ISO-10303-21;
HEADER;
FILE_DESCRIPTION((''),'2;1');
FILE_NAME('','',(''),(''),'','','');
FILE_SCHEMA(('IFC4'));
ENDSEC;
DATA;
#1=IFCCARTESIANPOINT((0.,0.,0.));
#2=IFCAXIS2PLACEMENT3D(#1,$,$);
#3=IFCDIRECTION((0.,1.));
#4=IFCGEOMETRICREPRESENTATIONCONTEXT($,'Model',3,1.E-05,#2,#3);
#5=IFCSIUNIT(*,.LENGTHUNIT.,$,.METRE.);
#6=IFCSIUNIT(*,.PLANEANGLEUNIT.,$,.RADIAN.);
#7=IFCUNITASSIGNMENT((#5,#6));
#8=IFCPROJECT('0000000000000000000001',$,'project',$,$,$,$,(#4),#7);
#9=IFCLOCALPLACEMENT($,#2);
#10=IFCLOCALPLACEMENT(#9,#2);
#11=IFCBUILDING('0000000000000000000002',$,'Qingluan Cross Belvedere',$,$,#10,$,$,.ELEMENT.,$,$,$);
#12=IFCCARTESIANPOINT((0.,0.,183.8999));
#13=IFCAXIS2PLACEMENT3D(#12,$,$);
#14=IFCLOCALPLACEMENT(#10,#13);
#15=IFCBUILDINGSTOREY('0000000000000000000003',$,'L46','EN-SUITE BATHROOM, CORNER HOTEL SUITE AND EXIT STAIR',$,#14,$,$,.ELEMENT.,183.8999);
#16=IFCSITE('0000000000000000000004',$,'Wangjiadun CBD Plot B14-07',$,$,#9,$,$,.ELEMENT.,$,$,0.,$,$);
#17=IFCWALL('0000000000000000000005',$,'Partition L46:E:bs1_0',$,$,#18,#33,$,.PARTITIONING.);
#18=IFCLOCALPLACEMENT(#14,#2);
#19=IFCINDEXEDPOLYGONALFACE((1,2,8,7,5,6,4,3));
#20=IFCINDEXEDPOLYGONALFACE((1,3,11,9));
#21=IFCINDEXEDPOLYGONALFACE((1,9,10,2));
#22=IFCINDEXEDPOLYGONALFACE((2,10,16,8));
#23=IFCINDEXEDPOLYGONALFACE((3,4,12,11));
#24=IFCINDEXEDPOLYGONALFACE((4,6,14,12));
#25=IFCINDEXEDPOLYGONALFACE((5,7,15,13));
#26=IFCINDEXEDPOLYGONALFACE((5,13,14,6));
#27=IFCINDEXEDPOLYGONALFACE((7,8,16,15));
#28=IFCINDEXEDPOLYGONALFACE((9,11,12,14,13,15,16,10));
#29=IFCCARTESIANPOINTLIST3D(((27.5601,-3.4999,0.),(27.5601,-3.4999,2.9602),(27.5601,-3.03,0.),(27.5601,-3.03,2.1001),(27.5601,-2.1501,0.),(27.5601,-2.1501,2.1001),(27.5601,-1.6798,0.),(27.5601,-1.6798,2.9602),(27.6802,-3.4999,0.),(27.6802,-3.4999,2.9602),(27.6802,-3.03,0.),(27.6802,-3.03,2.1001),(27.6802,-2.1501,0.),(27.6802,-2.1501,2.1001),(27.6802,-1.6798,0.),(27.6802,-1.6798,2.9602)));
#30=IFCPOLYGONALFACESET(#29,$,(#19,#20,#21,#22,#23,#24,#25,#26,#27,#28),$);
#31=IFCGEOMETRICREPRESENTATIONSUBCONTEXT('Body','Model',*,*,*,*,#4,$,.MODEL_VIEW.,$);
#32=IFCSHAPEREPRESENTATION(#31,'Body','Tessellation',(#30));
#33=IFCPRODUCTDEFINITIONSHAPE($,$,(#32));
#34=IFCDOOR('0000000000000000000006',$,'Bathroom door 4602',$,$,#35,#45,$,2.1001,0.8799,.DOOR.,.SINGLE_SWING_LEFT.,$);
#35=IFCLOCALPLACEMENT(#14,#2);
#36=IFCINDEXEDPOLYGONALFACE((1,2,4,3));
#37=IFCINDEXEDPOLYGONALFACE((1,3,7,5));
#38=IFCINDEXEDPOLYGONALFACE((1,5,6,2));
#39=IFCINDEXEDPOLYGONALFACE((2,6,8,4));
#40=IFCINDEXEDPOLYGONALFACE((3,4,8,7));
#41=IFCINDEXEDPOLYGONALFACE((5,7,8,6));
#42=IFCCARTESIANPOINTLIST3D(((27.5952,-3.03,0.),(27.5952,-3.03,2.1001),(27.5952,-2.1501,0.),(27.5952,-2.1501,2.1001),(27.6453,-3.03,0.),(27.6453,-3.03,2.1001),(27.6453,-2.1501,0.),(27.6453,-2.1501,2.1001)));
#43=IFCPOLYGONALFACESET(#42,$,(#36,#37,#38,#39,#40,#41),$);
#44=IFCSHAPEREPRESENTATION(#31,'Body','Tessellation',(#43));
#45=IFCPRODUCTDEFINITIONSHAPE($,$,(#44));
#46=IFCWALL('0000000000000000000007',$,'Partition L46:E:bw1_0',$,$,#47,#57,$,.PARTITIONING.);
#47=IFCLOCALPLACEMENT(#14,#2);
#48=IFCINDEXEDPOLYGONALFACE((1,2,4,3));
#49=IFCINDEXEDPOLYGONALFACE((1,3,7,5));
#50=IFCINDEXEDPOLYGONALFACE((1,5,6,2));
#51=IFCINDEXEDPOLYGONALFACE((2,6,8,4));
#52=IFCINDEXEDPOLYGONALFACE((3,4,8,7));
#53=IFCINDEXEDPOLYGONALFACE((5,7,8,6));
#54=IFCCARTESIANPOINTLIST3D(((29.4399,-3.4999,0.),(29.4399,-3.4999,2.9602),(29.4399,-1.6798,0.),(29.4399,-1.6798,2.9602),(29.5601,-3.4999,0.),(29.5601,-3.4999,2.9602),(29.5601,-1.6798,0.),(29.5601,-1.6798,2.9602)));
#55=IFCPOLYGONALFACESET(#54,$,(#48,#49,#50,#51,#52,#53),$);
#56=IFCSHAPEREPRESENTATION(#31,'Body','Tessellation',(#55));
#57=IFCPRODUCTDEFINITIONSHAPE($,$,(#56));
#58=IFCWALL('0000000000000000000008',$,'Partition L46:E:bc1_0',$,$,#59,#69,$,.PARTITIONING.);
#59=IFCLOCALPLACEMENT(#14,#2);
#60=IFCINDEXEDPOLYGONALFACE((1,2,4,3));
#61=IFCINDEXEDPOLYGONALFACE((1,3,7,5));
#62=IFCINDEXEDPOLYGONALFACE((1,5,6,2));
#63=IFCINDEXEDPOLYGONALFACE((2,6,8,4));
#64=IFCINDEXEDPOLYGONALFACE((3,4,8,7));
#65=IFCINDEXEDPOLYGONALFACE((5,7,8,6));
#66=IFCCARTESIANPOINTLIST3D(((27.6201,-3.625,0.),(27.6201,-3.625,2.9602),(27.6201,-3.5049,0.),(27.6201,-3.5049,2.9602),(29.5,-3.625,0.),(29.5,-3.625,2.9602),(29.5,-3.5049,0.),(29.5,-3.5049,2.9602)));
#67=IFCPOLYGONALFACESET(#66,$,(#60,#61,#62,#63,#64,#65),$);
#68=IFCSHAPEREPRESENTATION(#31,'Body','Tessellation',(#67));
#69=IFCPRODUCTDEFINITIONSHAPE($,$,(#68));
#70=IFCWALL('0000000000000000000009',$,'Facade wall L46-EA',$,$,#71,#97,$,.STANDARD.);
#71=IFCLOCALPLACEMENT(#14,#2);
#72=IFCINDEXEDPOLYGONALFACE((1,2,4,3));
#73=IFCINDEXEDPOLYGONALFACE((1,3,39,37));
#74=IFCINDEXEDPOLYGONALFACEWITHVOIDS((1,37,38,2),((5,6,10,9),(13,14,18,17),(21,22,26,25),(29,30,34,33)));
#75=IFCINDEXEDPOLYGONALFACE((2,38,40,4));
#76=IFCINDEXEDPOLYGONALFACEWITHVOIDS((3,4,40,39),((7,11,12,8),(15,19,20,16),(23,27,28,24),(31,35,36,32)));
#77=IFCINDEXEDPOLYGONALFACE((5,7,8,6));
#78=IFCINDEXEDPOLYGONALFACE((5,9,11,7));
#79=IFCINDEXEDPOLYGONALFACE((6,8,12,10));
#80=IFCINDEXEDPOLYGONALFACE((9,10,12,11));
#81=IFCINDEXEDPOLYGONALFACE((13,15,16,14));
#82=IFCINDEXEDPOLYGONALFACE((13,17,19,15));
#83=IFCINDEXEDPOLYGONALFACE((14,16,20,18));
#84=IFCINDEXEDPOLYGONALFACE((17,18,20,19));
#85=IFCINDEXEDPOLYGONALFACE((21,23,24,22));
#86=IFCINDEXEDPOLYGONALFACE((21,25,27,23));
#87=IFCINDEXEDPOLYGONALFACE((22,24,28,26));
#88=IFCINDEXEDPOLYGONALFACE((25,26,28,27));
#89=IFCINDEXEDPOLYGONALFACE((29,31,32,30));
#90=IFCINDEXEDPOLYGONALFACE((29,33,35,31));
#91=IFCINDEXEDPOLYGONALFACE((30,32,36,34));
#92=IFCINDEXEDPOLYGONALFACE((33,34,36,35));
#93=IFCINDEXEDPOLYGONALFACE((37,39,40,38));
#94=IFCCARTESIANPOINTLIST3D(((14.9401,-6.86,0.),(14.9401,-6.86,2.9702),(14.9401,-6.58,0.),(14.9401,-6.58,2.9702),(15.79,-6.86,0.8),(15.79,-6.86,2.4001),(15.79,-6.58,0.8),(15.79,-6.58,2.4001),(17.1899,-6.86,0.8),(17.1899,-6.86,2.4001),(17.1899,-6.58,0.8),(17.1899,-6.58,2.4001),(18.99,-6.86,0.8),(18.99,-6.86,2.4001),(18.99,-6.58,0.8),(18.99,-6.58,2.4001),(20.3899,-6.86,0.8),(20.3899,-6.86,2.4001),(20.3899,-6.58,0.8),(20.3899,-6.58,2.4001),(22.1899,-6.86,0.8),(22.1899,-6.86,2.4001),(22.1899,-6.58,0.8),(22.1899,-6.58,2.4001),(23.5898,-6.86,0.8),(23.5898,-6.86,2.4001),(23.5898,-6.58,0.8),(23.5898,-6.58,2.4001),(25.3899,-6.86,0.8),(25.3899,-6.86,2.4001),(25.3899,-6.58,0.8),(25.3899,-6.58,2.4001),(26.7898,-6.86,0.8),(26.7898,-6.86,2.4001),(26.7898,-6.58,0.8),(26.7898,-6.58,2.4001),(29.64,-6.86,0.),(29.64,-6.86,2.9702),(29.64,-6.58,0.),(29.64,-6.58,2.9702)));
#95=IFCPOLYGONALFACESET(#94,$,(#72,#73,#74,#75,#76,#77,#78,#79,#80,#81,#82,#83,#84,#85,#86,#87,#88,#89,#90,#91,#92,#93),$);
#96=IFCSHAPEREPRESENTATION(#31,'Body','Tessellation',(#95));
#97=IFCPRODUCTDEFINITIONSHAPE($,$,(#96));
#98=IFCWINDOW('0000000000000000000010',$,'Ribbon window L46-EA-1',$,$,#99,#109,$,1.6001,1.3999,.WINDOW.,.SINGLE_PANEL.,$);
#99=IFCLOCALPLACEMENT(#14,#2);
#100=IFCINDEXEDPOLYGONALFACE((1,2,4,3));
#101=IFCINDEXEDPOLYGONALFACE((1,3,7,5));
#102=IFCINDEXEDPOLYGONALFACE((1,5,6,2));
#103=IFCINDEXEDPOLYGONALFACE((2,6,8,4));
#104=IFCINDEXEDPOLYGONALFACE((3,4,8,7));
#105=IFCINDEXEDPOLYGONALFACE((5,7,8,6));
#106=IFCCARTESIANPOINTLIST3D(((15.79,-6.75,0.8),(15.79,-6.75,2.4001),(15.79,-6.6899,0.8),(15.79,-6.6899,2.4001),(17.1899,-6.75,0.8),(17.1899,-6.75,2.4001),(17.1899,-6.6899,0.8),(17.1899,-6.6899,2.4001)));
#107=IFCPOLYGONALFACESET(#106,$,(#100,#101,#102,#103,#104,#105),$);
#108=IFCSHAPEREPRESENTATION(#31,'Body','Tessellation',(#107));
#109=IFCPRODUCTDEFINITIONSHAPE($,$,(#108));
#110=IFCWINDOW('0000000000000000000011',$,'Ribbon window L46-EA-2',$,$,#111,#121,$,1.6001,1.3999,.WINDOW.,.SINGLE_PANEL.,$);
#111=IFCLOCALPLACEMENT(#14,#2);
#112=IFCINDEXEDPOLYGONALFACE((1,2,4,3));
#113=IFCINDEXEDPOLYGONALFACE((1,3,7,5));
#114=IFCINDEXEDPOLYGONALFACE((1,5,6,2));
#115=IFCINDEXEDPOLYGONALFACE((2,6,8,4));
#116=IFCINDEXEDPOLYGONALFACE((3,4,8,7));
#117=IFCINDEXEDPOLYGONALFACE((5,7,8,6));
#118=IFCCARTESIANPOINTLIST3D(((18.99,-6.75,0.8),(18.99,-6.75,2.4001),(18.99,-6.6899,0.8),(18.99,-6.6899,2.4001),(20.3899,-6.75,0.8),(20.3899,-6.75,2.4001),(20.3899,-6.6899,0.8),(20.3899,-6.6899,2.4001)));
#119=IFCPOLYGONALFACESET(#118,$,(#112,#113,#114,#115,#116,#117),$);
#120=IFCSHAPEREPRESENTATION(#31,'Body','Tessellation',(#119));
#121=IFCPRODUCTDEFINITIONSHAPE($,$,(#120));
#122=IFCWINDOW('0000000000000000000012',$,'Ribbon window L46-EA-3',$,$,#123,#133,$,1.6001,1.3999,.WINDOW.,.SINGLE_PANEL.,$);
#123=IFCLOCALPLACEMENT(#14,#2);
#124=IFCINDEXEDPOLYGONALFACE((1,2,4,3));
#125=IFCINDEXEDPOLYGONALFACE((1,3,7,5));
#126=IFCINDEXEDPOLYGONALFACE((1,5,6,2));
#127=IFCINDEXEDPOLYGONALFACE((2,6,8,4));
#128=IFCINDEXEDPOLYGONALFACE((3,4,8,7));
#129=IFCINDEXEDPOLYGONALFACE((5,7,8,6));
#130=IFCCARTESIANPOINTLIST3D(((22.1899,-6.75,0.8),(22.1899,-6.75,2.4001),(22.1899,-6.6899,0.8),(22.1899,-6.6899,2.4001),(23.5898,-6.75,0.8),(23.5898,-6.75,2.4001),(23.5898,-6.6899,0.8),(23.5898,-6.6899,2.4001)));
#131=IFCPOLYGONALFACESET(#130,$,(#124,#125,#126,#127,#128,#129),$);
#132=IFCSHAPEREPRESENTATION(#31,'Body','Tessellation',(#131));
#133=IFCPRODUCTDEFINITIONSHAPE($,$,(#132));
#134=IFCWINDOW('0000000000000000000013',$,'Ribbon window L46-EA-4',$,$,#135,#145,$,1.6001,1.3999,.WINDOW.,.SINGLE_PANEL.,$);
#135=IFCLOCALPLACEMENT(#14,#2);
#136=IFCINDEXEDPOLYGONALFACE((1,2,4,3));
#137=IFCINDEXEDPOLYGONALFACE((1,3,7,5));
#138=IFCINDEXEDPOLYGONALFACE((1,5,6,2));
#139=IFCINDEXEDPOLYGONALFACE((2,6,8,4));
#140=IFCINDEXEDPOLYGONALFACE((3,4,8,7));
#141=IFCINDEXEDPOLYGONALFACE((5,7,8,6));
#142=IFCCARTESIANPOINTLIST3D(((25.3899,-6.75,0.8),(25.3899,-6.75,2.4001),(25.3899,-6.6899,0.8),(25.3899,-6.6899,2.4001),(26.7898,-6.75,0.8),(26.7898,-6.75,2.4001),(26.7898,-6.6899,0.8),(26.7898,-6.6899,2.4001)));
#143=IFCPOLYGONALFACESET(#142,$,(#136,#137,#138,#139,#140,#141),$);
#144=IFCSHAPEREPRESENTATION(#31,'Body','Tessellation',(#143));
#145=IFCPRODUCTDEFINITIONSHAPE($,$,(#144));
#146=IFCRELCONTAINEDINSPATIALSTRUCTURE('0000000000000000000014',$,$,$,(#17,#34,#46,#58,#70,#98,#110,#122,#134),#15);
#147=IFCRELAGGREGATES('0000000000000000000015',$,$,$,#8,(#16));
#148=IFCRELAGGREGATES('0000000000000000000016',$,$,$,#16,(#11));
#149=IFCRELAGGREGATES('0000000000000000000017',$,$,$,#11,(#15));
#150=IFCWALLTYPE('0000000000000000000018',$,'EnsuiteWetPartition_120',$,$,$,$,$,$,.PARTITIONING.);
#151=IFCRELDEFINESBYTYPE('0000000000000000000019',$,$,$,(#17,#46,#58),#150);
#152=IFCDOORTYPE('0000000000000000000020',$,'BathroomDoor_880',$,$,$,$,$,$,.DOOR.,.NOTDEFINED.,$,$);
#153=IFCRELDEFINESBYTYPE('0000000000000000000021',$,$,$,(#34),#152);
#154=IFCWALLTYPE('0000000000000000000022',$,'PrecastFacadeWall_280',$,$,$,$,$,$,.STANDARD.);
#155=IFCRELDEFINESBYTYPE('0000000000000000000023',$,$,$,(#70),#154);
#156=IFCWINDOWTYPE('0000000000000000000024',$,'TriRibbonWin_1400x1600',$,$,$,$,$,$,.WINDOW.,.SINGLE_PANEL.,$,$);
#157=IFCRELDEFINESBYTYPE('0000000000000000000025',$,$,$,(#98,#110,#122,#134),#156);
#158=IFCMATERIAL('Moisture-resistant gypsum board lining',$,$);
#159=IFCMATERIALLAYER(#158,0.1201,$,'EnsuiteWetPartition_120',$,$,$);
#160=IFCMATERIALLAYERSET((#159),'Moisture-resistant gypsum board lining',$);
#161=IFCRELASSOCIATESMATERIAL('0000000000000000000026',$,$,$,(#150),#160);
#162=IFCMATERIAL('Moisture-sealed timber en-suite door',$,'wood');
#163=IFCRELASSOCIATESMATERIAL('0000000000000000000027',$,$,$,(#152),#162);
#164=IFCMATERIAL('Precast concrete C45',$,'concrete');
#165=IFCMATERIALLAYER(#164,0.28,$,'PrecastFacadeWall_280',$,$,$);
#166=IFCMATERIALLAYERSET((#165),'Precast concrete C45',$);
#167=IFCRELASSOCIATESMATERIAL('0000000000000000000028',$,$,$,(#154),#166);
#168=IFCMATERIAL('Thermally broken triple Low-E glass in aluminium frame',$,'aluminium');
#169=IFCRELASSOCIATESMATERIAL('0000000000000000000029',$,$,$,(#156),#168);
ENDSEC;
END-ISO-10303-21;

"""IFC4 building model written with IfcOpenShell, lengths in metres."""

from ifc_helpers import new_model, si_unit, direction, frame, frame_2d, origin, place, context, subcontext, project, spatial, rectangle, extrude, material, layer, layer_set, type_object, element, fill, save


model = new_model("IFC4")

# Units and contexts
model_context = context("Model", 3, precision=1e-05, world=origin(), true_north=direction((0.0, 1.0)))
body_context = subcontext(model_context, "Body", "Model", "MODEL_VIEW")
ifc_project = project(units=[si_unit("LENGTHUNIT", "METRE"), si_unit("PLANEANGLEUNIT", "RADIAN")], contexts=[model_context])

# Site, building, storey
site_placement = place(None, origin())
site = spatial("IfcSite", under=ifc_project, at=site_placement, Name="Wangjiadun CBD Plot B14-07", CompositionType="ELEMENT", RefElevation=0.0)
building_placement = place(site_placement, origin())
building = spatial("IfcBuilding", under=site, at=building_placement, Name="Qingluan Cross Belvedere", CompositionType="ELEMENT")
storey_placement = place(building_placement, frame((0.0, 0.0, 183.8999)))
storey = spatial("IfcBuildingStorey", under=building, at=storey_placement, Name="L46", Description="EN-SUITE BATHROOM, CORNER HOTEL SUITE AND EXIT STAIR", CompositionType="ELEMENT", Elevation=183.8999)

# Wall, opening, door
ifc_material_1 = material(Name="Moisture-resistant gypsum board lining")
ifc_layer_1 = layer(ifc_material_1, 0.1201, Name="EnsuiteWetPartition_120")
ifc_layer_set_1 = layer_set([ifc_layer_1], Name="Moisture-resistant gypsum board lining")
wall_type_1 = type_object("IfcWallType", Name="EnsuiteWetPartition_120", PredefinedType="PARTITIONING", material=ifc_layer_set_1)
wall_1_placement = place(storey_placement, frame((27.6201, -3.5, 0.0), z_axis=(0.0, 0.0, 1.0), x_axis=(0.0, 1.0, 0.0)))
wall_1 = element("IfcWall", 1, at=wall_1_placement, inside=storey, type_object=wall_type_1, Name="Partition L46:E:bs1_0", PredefinedType="PARTITIONING", context=body_context, shape_type="SweptSolid", body=[
    extrude(rectangle(XDim=1.8201, YDim=0.1201, at=frame_2d((0.9102, 0.0))), origin(), (0.0, 0.0, 1.0), 2.9602),
])
opening_1_placement = place(wall_1_placement, frame((0.47, 0.0, 0.0)))
opening_1 = element("IfcOpeningElement", 2, at=opening_1_placement, cuts=wall_1, PredefinedType="OPENING", context=body_context, shape_type="SweptSolid", body=[
    extrude(rectangle(XDim=0.8799, YDim=2.1001, at=frame_2d((0.4399, 1.05))), frame((0.0, 0.0701, 0.0), z_axis=(0.0, -1.0, 0.0), x_axis=(1.0, 0.0, 0.0)), (0.0, 0.0, 1.0), 0.1401),
])
ifc_material_2 = material(Name="Moisture-sealed timber en-suite door", Category="wood")
door_type_1 = type_object("IfcDoorType", Name="BathroomDoor_880", OperationType="NOTDEFINED", PredefinedType="DOOR", material=ifc_material_2)
door_1_placement = place(opening_1_placement, origin())
door_1 = element("IfcDoor", 3, at=door_1_placement, inside=storey, type_object=door_type_1, Name="Bathroom door 4602", OperationType="SINGLE_SWING_LEFT", OverallHeight=2.1001, OverallWidth=0.8799, PredefinedType="DOOR", context=body_context, shape_type="SweptSolid", body=[
    extrude(rectangle(XDim=0.8799, YDim=2.1001, at=frame_2d((0.4399, 1.05))), frame((0.0, 0.0249, 0.0), z_axis=(0.0, -1.0, 0.0), x_axis=(1.0, 0.0, 0.0)), (0.0, 0.0, 1.0), 0.05),
])
fill(opening_1, door_1)

# Walls
wall_2_placement = place(storey_placement, frame((29.5, -3.5, 0.0), z_axis=(0.0, 0.0, 1.0), x_axis=(0.0, 1.0, 0.0)))
element("IfcWall", 4, at=wall_2_placement, inside=storey, type_object=wall_type_1, Name="Partition L46:E:bw1_0", PredefinedType="PARTITIONING", context=body_context, shape_type="SweptSolid", body=[
    extrude(rectangle(XDim=1.8201, YDim=0.1201, at=frame_2d((0.9102, 0.0))), origin(), (0.0, 0.0, 1.0), 2.9602),
])
wall_3_placement = place(storey_placement, frame((27.6201, -3.5649, 0.0), z_axis=(0.0, 0.0, 1.0), x_axis=(1.0, 0.0, 0.0)))
element("IfcWall", 5, at=wall_3_placement, inside=storey, type_object=wall_type_1, Name="Partition L46:E:bc1_0", PredefinedType="PARTITIONING", context=body_context, shape_type="SweptSolid", body=[
    extrude(rectangle(XDim=1.8799, YDim=0.1201, at=frame_2d((0.9399, 0.0))), origin(), (0.0, 0.0, 1.0), 2.9602),
])

# Wall, openings, windows
ifc_material_3 = material(Name="Precast concrete C45", Category="concrete")
ifc_layer_2 = layer(ifc_material_3, 0.28, Name="PrecastFacadeWall_280")
ifc_layer_set_2 = layer_set([ifc_layer_2], Name="Precast concrete C45")
wall_type_2 = type_object("IfcWallType", Name="PrecastFacadeWall_280", PredefinedType="STANDARD", material=ifc_layer_set_2)
wall_4_placement = place(storey_placement, frame((14.9399, -6.72, 0.0), z_axis=(0.0, 0.0, 1.0), x_axis=(1.0, 0.0, 0.0)))
wall_4 = element("IfcWall", 6, at=wall_4_placement, inside=storey, type_object=wall_type_2, Name="Facade wall L46-EA", PredefinedType="STANDARD", context=body_context, shape_type="SweptSolid", body=[
    extrude(rectangle(XDim=14.7, YDim=0.28, at=frame_2d((7.3501, 0.0))), origin(), (0.0, 0.0, 1.0), 2.9702),
])
opening_2_placement = place(wall_4_placement, frame((0.8501, 0.0, 0.8)))
opening_2 = element("IfcOpeningElement", 7, at=opening_2_placement, cuts=wall_4, PredefinedType="OPENING", context=body_context, shape_type="SweptSolid", body=[
    extrude(rectangle(XDim=1.3999, YDim=1.6001, at=frame_2d((0.7, 0.8))), frame((0.0, 0.1499, 0.0), z_axis=(0.0, -1.0, 0.0), x_axis=(1.0, 0.0, 0.0)), (0.0, 0.0, 1.0), 0.3),
])
opening_3_placement = place(wall_4_placement, frame((4.05, 0.0, 0.8)))
opening_3 = element("IfcOpeningElement", 8, at=opening_3_placement, cuts=wall_4, PredefinedType="OPENING", context=body_context, shape_type="SweptSolid", body=[
    extrude(rectangle(XDim=1.3999, YDim=1.6001, at=frame_2d((0.7, 0.8))), frame((0.0, 0.1499, 0.0), z_axis=(0.0, -1.0, 0.0), x_axis=(1.0, 0.0, 0.0)), (0.0, 0.0, 1.0), 0.3),
])
opening_4_placement = place(wall_4_placement, frame((7.25, 0.0, 0.8)))
opening_4 = element("IfcOpeningElement", 9, at=opening_4_placement, cuts=wall_4, PredefinedType="OPENING", context=body_context, shape_type="SweptSolid", body=[
    extrude(rectangle(XDim=1.3999, YDim=1.6001, at=frame_2d((0.7, 0.8))), frame((0.0, 0.1499, 0.0), z_axis=(0.0, -1.0, 0.0), x_axis=(1.0, 0.0, 0.0)), (0.0, 0.0, 1.0), 0.3),
])
opening_5_placement = place(wall_4_placement, frame((10.45, 0.0, 0.8)))
opening_5 = element("IfcOpeningElement", 10, at=opening_5_placement, cuts=wall_4, PredefinedType="OPENING", context=body_context, shape_type="SweptSolid", body=[
    extrude(rectangle(XDim=1.3999, YDim=1.6001, at=frame_2d((0.7, 0.8))), frame((0.0, 0.1499, 0.0), z_axis=(0.0, -1.0, 0.0), x_axis=(1.0, 0.0, 0.0)), (0.0, 0.0, 1.0), 0.3),
])
ifc_material_4 = material(Name="Thermally broken triple Low-E glass in aluminium frame", Category="aluminium")
window_type_1 = type_object("IfcWindowType", Name="TriRibbonWin_1400x1600", PartitioningType="SINGLE_PANEL", PredefinedType="WINDOW", material=ifc_material_4)
window_1_placement = place(opening_2_placement, origin())
window_1 = element("IfcWindow", 11, at=window_1_placement, inside=storey, type_object=window_type_1, Name="Ribbon window L46-EA-1", OverallHeight=1.6001, OverallWidth=1.3999, PartitioningType="SINGLE_PANEL", PredefinedType="WINDOW", context=body_context, shape_type="SweptSolid", body=[
    extrude(rectangle(XDim=1.3999, YDim=1.6001, at=frame_2d((0.7, 0.8))), frame((0.0, 0.03, 0.0), z_axis=(0.0, -1.0, 0.0), x_axis=(1.0, 0.0, 0.0)), (0.0, 0.0, 1.0), 0.0601),
])
fill(opening_2, window_1)
window_2_placement = place(opening_3_placement, origin())
window_2 = element("IfcWindow", 12, at=window_2_placement, inside=storey, type_object=window_type_1, Name="Ribbon window L46-EA-2", OverallHeight=1.6001, OverallWidth=1.3999, PartitioningType="SINGLE_PANEL", PredefinedType="WINDOW", context=body_context, shape_type="SweptSolid", body=[
    extrude(rectangle(XDim=1.3999, YDim=1.6001, at=frame_2d((0.7, 0.8))), frame((0.0, 0.03, 0.0), z_axis=(0.0, -1.0, 0.0), x_axis=(1.0, 0.0, 0.0)), (0.0, 0.0, 1.0), 0.0601),
])
fill(opening_3, window_2)
window_3_placement = place(opening_4_placement, origin())
window_3 = element("IfcWindow", 13, at=window_3_placement, inside=storey, type_object=window_type_1, Name="Ribbon window L46-EA-3", OverallHeight=1.6001, OverallWidth=1.3999, PartitioningType="SINGLE_PANEL", PredefinedType="WINDOW", context=body_context, shape_type="SweptSolid", body=[
    extrude(rectangle(XDim=1.3999, YDim=1.6001, at=frame_2d((0.7, 0.8))), frame((0.0, 0.03, 0.0), z_axis=(0.0, -1.0, 0.0), x_axis=(1.0, 0.0, 0.0)), (0.0, 0.0, 1.0), 0.0601),
])
fill(opening_4, window_3)
window_4_placement = place(opening_5_placement, origin())
window_4 = element("IfcWindow", 14, at=window_4_placement, inside=storey, type_object=window_type_1, Name="Ribbon window L46-EA-4", OverallHeight=1.6001, OverallWidth=1.3999, PartitioningType="SINGLE_PANEL", PredefinedType="WINDOW", context=body_context, shape_type="SweptSolid", body=[
    extrude(rectangle(XDim=1.3999, YDim=1.6001, at=frame_2d((0.7, 0.8))), frame((0.0, 0.03, 0.0), z_axis=(0.0, -1.0, 0.0), x_axis=(1.0, 0.0, 0.0)), (0.0, 0.0, 1.0), 0.0601),
])
fill(opening_5, window_4)

save(model, "model.ifc")
